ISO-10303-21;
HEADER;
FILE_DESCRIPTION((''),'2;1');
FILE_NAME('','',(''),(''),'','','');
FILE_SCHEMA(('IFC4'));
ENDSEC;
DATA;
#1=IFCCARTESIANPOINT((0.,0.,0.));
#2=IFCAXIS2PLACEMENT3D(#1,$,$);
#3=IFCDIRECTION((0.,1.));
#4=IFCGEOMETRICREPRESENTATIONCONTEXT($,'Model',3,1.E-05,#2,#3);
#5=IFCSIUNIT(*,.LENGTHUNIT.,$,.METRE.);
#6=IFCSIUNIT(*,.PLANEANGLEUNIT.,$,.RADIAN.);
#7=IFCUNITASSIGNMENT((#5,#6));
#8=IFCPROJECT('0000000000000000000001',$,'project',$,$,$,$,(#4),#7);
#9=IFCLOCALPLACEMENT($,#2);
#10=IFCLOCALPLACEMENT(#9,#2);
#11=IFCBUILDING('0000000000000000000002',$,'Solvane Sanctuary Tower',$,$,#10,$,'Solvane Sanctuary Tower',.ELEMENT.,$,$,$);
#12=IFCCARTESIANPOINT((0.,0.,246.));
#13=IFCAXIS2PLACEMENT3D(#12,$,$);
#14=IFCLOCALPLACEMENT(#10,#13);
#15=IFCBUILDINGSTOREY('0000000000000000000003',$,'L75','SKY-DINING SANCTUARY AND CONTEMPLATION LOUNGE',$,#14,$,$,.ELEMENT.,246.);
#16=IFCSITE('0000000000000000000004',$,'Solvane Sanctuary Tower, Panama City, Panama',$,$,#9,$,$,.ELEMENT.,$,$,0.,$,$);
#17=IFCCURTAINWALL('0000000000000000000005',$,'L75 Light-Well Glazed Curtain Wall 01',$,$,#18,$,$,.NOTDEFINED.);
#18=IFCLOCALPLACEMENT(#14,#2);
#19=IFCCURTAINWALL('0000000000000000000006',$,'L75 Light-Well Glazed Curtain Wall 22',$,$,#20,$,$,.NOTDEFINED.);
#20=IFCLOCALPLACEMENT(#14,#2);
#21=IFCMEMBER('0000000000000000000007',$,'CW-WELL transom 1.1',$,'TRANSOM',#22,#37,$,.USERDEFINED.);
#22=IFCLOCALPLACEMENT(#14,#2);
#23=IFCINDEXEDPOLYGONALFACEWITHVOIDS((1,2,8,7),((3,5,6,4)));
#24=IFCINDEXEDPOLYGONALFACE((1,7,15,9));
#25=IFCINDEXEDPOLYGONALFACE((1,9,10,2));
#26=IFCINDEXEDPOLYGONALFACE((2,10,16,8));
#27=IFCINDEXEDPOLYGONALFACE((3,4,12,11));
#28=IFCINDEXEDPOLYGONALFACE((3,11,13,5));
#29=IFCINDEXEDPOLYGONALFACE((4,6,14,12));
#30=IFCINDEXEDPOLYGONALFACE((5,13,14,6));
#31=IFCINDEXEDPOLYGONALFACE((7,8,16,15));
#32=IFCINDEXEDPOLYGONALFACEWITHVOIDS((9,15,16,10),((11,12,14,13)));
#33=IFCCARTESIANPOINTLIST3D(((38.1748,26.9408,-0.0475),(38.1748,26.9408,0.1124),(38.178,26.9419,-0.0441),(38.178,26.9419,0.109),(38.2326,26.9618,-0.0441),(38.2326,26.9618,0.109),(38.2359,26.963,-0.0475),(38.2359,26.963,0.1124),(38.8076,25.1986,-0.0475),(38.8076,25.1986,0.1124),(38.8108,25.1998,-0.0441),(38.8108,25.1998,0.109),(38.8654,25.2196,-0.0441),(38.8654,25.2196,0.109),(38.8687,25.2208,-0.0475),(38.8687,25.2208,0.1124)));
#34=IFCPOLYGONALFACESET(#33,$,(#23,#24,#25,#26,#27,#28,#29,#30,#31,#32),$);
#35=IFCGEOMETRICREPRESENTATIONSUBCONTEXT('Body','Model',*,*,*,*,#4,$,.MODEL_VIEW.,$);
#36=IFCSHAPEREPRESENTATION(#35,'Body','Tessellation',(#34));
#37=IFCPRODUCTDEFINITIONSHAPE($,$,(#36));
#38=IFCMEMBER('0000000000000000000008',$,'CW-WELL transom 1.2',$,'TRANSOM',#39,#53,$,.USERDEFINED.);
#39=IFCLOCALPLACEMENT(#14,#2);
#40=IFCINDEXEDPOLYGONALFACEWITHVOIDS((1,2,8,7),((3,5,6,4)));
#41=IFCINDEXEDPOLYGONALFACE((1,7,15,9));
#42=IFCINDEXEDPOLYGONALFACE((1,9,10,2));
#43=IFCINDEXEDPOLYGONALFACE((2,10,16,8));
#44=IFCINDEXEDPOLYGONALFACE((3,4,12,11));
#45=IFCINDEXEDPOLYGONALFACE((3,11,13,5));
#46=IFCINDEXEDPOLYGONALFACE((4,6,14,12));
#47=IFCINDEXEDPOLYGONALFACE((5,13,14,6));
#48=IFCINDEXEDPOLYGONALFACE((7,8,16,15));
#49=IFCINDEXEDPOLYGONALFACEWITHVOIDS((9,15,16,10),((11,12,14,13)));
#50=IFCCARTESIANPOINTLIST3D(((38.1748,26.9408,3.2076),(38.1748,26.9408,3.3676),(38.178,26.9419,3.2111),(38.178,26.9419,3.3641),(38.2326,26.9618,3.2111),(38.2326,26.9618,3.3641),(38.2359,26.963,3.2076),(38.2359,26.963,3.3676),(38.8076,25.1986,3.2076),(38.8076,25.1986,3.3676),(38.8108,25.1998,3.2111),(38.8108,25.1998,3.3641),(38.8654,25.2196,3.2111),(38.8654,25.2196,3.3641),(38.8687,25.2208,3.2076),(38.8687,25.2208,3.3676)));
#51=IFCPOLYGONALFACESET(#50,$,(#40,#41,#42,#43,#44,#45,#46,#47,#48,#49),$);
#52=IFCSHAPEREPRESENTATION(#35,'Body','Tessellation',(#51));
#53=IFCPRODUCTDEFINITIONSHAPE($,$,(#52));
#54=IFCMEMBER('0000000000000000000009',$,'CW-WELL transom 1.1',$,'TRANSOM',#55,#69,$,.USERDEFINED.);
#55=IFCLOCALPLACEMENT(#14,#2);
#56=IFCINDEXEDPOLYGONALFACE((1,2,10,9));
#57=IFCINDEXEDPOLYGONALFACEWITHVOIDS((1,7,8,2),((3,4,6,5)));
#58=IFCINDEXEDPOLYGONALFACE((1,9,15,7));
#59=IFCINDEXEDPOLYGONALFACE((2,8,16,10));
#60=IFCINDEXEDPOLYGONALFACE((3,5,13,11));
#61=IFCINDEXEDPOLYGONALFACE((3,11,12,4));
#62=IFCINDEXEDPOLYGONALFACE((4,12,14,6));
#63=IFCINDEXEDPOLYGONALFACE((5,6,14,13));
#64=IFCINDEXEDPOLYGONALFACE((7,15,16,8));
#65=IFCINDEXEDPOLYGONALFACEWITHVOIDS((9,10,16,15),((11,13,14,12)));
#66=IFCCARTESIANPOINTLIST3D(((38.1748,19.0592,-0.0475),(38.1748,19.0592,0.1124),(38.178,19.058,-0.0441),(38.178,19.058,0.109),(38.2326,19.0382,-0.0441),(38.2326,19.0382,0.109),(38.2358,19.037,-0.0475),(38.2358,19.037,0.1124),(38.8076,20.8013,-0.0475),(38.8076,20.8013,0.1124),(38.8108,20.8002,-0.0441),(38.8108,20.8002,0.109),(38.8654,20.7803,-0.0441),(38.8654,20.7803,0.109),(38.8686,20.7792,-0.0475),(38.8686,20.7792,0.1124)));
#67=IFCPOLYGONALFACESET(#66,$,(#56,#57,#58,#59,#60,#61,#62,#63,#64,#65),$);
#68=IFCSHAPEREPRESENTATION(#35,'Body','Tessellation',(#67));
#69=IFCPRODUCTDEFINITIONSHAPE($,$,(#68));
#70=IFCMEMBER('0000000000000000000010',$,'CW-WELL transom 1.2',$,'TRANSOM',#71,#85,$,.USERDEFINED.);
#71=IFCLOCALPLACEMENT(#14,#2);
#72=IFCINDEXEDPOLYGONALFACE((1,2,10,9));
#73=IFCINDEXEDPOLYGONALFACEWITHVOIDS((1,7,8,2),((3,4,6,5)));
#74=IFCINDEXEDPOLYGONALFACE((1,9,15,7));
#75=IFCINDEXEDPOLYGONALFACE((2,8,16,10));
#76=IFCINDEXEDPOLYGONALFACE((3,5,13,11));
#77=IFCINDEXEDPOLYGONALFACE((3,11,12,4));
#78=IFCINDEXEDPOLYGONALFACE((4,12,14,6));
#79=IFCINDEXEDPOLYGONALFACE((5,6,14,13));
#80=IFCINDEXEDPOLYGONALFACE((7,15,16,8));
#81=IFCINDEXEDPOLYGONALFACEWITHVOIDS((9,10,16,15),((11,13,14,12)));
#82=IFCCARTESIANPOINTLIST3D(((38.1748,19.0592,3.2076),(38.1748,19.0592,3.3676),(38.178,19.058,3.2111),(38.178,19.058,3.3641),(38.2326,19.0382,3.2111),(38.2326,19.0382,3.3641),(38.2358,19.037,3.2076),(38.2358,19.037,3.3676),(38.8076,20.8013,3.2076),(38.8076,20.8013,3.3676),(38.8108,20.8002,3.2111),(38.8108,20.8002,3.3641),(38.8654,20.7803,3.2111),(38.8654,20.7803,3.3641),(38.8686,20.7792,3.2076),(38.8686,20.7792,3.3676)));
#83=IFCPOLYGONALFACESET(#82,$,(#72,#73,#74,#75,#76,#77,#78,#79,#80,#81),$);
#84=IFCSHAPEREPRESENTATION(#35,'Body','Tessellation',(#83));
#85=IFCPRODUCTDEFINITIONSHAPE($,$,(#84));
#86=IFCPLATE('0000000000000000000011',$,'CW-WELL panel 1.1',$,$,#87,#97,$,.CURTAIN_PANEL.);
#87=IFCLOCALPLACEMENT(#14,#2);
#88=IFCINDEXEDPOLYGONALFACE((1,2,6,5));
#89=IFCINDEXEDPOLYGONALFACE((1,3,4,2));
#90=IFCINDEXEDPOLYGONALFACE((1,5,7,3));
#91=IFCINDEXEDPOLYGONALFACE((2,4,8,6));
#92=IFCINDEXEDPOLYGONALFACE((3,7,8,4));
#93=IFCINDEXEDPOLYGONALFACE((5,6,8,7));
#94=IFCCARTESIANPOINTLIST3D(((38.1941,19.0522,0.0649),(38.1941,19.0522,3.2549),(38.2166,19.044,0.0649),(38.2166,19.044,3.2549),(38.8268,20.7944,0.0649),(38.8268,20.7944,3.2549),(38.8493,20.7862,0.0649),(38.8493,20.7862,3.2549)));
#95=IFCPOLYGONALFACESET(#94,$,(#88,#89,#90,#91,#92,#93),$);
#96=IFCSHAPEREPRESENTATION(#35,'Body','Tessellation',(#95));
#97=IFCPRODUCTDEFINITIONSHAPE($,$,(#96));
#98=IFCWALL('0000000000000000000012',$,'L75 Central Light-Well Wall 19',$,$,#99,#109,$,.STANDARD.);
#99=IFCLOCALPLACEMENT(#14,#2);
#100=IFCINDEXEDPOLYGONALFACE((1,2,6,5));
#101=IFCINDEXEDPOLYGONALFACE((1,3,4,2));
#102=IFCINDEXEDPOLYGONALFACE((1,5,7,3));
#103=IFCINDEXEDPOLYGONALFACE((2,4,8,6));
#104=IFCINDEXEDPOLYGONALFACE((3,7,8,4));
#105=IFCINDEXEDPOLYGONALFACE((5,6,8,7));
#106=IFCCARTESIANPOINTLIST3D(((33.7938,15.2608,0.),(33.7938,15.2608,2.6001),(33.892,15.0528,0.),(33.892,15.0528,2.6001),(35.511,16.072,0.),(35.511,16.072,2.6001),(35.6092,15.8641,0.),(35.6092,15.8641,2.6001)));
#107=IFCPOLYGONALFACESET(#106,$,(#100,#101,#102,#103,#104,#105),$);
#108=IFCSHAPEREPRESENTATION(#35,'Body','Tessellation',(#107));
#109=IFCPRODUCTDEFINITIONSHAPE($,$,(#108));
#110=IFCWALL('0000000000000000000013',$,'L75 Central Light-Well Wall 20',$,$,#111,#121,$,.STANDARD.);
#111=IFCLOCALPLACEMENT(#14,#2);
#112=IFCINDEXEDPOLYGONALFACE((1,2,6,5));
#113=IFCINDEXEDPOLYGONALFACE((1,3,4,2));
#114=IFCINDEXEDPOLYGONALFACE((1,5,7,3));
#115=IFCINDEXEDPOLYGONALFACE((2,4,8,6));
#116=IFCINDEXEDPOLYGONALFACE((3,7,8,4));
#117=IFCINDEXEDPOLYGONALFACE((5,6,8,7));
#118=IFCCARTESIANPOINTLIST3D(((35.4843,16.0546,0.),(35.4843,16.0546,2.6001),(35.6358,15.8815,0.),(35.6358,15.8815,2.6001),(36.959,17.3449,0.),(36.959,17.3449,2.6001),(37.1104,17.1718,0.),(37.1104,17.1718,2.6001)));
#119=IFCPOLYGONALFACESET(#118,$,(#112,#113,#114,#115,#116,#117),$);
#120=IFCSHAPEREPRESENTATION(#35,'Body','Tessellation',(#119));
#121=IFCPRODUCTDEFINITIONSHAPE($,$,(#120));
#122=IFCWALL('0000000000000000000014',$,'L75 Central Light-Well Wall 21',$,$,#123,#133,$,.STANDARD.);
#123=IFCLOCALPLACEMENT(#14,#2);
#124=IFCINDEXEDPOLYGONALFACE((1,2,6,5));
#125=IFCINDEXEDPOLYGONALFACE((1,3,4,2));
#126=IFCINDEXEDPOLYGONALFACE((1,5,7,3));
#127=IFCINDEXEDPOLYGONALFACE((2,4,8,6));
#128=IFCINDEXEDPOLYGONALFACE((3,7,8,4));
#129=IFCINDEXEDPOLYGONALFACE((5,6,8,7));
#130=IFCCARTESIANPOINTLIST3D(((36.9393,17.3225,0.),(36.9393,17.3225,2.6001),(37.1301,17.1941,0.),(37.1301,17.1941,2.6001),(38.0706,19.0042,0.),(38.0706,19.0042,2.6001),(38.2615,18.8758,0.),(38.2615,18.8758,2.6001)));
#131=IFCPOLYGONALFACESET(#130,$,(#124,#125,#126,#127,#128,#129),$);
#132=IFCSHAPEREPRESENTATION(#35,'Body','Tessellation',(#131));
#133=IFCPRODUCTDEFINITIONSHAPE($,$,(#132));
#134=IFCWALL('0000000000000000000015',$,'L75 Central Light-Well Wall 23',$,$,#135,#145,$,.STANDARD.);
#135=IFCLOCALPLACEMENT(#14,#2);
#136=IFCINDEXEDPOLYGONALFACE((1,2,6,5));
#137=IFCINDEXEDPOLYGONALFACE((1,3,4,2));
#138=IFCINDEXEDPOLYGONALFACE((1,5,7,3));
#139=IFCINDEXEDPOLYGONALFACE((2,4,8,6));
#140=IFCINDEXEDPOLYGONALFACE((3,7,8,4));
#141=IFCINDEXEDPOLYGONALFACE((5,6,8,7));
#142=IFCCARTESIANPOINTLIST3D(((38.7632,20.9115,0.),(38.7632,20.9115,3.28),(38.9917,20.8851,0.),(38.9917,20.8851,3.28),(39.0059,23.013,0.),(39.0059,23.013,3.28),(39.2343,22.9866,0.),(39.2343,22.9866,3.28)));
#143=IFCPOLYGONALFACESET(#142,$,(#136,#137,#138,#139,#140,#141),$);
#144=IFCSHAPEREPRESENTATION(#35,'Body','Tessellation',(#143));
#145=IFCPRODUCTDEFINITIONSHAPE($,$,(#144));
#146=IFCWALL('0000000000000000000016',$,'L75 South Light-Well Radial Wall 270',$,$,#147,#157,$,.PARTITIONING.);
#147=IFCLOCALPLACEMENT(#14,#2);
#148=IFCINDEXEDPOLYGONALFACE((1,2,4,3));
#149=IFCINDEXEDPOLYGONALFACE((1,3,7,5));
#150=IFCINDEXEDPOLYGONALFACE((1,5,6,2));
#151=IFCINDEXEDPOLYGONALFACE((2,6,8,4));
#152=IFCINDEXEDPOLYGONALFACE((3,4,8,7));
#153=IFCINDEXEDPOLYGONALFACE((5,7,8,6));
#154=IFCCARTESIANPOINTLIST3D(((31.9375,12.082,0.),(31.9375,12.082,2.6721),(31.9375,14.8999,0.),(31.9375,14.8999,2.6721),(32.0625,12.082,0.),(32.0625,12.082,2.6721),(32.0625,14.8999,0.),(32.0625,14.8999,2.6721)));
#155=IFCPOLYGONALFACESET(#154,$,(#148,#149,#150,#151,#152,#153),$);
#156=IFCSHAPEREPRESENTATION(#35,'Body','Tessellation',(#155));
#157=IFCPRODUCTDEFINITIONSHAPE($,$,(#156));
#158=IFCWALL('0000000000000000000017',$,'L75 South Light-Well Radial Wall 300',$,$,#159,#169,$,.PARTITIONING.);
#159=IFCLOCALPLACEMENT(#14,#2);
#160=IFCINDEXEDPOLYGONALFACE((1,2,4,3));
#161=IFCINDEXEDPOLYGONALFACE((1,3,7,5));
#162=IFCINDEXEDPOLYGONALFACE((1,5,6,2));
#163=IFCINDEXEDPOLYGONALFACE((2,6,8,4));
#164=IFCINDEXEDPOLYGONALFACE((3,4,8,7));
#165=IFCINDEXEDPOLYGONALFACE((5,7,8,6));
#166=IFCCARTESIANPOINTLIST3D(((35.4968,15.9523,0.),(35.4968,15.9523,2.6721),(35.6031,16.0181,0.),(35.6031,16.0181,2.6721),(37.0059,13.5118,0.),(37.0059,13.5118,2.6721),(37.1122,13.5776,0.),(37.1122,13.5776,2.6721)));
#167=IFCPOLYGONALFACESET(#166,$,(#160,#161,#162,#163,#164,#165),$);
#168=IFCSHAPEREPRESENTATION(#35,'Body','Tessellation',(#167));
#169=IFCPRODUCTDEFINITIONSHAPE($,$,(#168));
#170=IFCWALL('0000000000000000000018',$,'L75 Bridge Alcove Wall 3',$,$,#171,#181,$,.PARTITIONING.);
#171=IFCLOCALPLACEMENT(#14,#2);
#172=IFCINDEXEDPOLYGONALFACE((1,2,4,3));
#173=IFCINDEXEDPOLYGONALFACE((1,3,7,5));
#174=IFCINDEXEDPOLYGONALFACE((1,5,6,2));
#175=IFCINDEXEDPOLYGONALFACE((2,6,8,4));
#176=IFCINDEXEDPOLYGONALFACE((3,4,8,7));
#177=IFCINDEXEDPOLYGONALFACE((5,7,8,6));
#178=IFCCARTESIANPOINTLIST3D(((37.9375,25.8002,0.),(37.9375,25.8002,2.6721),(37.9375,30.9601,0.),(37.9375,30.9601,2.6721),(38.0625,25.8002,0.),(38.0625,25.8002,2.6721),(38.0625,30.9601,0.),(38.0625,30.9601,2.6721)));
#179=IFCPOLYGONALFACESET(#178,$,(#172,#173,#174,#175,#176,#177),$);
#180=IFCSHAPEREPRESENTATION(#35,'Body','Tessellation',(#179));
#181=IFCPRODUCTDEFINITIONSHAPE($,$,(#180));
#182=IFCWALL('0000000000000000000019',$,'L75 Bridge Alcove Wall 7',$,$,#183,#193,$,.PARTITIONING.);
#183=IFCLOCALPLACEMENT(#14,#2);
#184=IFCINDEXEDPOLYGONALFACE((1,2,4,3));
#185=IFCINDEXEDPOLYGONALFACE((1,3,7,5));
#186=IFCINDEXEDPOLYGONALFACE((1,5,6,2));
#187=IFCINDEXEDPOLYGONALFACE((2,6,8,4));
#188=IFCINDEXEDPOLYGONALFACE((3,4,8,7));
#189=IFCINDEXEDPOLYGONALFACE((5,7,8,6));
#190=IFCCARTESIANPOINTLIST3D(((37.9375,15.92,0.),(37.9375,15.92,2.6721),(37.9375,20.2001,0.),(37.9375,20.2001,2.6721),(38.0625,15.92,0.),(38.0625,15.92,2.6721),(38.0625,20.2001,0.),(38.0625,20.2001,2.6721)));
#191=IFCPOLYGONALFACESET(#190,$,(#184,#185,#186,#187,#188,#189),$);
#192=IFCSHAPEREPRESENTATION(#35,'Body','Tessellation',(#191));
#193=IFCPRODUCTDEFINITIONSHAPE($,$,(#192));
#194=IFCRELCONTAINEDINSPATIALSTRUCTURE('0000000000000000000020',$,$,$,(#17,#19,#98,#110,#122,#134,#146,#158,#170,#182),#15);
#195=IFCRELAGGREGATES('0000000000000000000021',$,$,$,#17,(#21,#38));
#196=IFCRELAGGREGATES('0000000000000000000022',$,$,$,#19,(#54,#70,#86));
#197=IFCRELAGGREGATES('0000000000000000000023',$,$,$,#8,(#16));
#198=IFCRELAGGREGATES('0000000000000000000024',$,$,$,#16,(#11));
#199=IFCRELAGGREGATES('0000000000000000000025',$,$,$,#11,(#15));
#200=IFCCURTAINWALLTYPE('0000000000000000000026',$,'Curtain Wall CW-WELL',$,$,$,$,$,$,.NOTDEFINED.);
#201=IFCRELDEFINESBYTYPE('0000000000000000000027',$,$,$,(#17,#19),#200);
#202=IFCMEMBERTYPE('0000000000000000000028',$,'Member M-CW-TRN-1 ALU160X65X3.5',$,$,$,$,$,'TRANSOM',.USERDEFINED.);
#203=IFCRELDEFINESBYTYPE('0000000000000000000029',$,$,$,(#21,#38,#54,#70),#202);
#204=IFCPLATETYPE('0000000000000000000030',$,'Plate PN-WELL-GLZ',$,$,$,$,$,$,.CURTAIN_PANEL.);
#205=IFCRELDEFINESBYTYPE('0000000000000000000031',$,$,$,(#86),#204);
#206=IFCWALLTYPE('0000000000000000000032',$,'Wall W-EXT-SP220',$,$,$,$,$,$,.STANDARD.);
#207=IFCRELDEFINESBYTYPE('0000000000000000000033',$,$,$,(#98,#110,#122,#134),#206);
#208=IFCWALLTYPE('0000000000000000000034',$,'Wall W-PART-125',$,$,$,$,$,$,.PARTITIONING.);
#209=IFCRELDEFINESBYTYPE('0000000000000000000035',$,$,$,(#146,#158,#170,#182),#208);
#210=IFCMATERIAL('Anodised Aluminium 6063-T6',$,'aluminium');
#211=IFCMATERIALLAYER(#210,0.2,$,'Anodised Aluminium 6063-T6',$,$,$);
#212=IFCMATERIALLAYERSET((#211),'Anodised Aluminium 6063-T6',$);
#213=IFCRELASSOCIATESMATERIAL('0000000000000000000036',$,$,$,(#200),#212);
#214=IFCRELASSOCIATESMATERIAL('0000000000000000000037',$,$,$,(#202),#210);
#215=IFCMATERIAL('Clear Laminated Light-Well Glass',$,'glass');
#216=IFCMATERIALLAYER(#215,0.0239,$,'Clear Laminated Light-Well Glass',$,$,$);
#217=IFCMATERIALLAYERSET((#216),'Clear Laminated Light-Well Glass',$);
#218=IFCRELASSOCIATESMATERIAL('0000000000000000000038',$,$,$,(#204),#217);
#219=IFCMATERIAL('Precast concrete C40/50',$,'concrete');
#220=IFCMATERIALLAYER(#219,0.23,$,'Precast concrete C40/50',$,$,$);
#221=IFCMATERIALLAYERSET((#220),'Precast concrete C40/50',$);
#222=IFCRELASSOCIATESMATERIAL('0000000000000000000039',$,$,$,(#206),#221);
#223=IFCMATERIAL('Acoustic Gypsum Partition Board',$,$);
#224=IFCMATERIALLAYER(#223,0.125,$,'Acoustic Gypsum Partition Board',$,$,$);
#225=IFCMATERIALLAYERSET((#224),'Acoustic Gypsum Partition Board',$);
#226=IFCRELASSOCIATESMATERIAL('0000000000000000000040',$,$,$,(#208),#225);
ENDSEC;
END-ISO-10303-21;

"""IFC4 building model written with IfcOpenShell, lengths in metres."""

from ifc_helpers import new_model, si_unit, direction, frame, frame_2d, origin, origin_2d, place, context, subcontext, project, spatial, rectangle, hollow_rectangle, extrude, material, layer, layer_set, material_profile, profile_set, type_object, element, aggregate, save


model = new_model("IFC4")

# Units and contexts
model_context = context("Model", 3, precision=1e-05, world=origin(), true_north=direction((0.0, 1.0)))
body_context = subcontext(model_context, "Body", "Model", "MODEL_VIEW")
ifc_project = project(units=[si_unit("LENGTHUNIT", "METRE"), si_unit("PLANEANGLEUNIT", "RADIAN")], contexts=[model_context])

# Site, building, storey
site_placement = place(None, origin())
site = spatial("IfcSite", under=ifc_project, at=site_placement, Name="Solvane Sanctuary Tower, Panama City, Panama", CompositionType="ELEMENT", RefElevation=0.0)
building_placement = place(site_placement, origin())
building = spatial("IfcBuilding", under=site, at=building_placement, Name="Solvane Sanctuary Tower", LongName="Solvane Sanctuary Tower", CompositionType="ELEMENT")
storey_placement = place(building_placement, frame((0.0, 0.0, 246.0)))
storey = spatial("IfcBuildingStorey", under=building, at=storey_placement, Name="L75", Description="SKY-DINING SANCTUARY AND CONTEMPLATION LOUNGE", CompositionType="ELEMENT", Elevation=246.0)

# Curtain wall
ifc_material_1 = material(Name="Anodised Aluminium 6063-T6", Category="aluminium")
ifc_layer_1 = layer(ifc_material_1, 0.2, Name="Anodised Aluminium 6063-T6")
ifc_layer_set_1 = layer_set([ifc_layer_1], Name="Anodised Aluminium 6063-T6")
curtain_wall_type = type_object("IfcCurtainWallType", Name="Curtain Wall CW-WELL", PredefinedType="NOTDEFINED", material=ifc_layer_set_1)
curtain_wall_1_placement = place(storey_placement, origin())
curtain_wall_1 = element("IfcCurtainWall", 1, at=curtain_wall_1_placement, inside=storey, type_object=curtain_wall_type, Name="L75 Light-Well Glazed Curtain Wall 01", PredefinedType="NOTDEFINED")

# Curtain wall
curtain_wall_2_placement = place(storey_placement, origin())
curtain_wall_2 = element("IfcCurtainWall", 2, at=curtain_wall_2_placement, inside=storey, type_object=curtain_wall_type, Name="L75 Light-Well Glazed Curtain Wall 22", PredefinedType="NOTDEFINED")

# Members
ifc_material_profile_1 = material_profile(ifc_material_1, hollow_rectangle(XDim=0.0649, YDim=0.1599, WallThickness=0.0034, at=origin_2d()), Name="ALU160X65X3.5")
ifc_profile_set_1 = profile_set([ifc_material_profile_1], Name="Anodised Aluminium 6063-T6")
member_type_1 = type_object("IfcMemberType", Name="Member M-CW-TRN-1 ALU160X65X3.5", ElementType="TRANSOM", PredefinedType="USERDEFINED", material=ifc_profile_set_1)
member_1_placement = place(storey_placement, frame((38.8381, 25.2097, 0.0325), z_axis=(-0.341405, 0.939916, 0.0), x_axis=(-0.939916, -0.341405, 0.0)))
member_1 = element("IfcMember", 3, at=member_1_placement, type_object=member_type_1, Name="CW-WELL transom 1.1", ObjectType="TRANSOM", PredefinedType="USERDEFINED", context=body_context, shape_type="SweptSolid", body=[
    extrude(hollow_rectangle(XDim=0.0649, YDim=0.1599, WallThickness=0.0034, at=origin_2d()), origin(), (0.0, 0.0, 1.0), 1.8535),
])
member_2_placement = place(storey_placement, frame((38.8381, 25.2097, 3.2876), z_axis=(-0.341405, 0.939916, 0.0), x_axis=(-0.939916, -0.341405, 0.0)))
member_2 = element("IfcMember", 4, at=member_2_placement, type_object=member_type_1, Name="CW-WELL transom 1.2", ObjectType="TRANSOM", PredefinedType="USERDEFINED", context=body_context, shape_type="SweptSolid", body=[
    extrude(hollow_rectangle(XDim=0.0649, YDim=0.1599, WallThickness=0.0034, at=origin_2d()), origin(), (0.0, 0.0, 1.0), 1.8535),
])
aggregate(curtain_wall_1, [member_1, member_2])
member_3_placement = place(storey_placement, frame((38.2053, 19.0481, 0.0325), z_axis=(0.341405, 0.939916, 0.0), x_axis=(-0.939916, 0.341405, 0.0)))
member_3 = element("IfcMember", 5, at=member_3_placement, type_object=member_type_1, Name="CW-WELL transom 1.1", ObjectType="TRANSOM", PredefinedType="USERDEFINED", context=body_context, shape_type="SweptSolid", body=[
    extrude(hollow_rectangle(XDim=0.0649, YDim=0.1599, WallThickness=0.0034, at=origin_2d()), origin(), (0.0, 0.0, 1.0), 1.8535),
])
member_4_placement = place(storey_placement, frame((38.2053, 19.0481, 3.2876), z_axis=(0.341405, 0.939916, 0.0), x_axis=(-0.939916, 0.341405, 0.0)))
member_4 = element("IfcMember", 6, at=member_4_placement, type_object=member_type_1, Name="CW-WELL transom 1.2", ObjectType="TRANSOM", PredefinedType="USERDEFINED", context=body_context, shape_type="SweptSolid", body=[
    extrude(hollow_rectangle(XDim=0.0649, YDim=0.1599, WallThickness=0.0034, at=origin_2d()), origin(), (0.0, 0.0, 1.0), 1.8535),
])

# Plate
ifc_material_2 = material(Name="Clear Laminated Light-Well Glass", Category="glass")
ifc_layer_2 = layer(ifc_material_2, 0.0239, Name="Clear Laminated Light-Well Glass")
ifc_layer_set_2 = layer_set([ifc_layer_2], Name="Clear Laminated Light-Well Glass")
plate_type = type_object("IfcPlateType", Name="Plate PN-WELL-GLZ", PredefinedType="CURTAIN_PANEL", material=ifc_layer_set_2)
plate_placement = place(storey_placement, frame((38.5217, 19.9192, 0.0649), z_axis=(0.0, 0.0, 1.0), x_axis=(0.341358, 0.939933, 0.0)))
plate = element("IfcPlate", 7, at=plate_placement, type_object=plate_type, Name="CW-WELL panel 1.1", PredefinedType="CURTAIN_PANEL", context=body_context, shape_type="SweptSolid", body=[
    extrude(rectangle(XDim=1.8535, YDim=0.0239, at=origin_2d()), origin(), (0.0, 0.0, 1.0), 3.1899),
])
aggregate(curtain_wall_2, [member_3, member_4, plate])

# Walls
ifc_material_3 = material(Name="Precast concrete C40/50", Category="concrete")
ifc_layer_3 = layer(ifc_material_3, 0.23, Name="Precast concrete C40/50")
ifc_layer_set_3 = layer_set([ifc_layer_3], Name="Precast concrete C40/50")
wall_type_1 = type_object("IfcWallType", Name="Wall W-EXT-SP220", PredefinedType="STANDARD", material=ifc_layer_set_3)
wall_1_placement = place(storey_placement, frame((33.8428, 15.1567, 0.0), z_axis=(0.0, 0.0, 1.0), x_axis=(0.90418, 0.427152, 0.0)))
element("IfcWall", 8, at=wall_1_placement, inside=storey, type_object=wall_type_1, Name="L75 Central Light-Well Wall 19", PredefinedType="STANDARD", context=body_context, shape_type="SweptSolid", body=[
    extrude(rectangle(XDim=1.8992, YDim=0.23, at=frame_2d((0.9497, 0.0))), origin(), (0.0, 0.0, 1.0), 2.6001),
])
wall_2_placement = place(storey_placement, frame((35.5601, 15.968, 0.0), z_axis=(0.0, 0.0, 1.0), x_axis=(0.752577, 0.658505, 0.0)))
element("IfcWall", 9, at=wall_2_placement, inside=storey, type_object=wall_type_1, Name="L75 Central Light-Well Wall 20", PredefinedType="STANDARD", context=body_context, shape_type="SweptSolid", body=[
    extrude(rectangle(XDim=1.9595, YDim=0.23, at=frame_2d((0.9797, 0.0))), origin(), (0.0, 0.0, 1.0), 2.6001),
])
wall_3_placement = place(storey_placement, frame((37.0347, 17.2583, 0.0), z_axis=(0.0, 0.0, 1.0), x_axis=(0.558198, 0.829708, 0.0)))
element("IfcWall", 10, at=wall_3_placement, inside=storey, type_object=wall_type_1, Name="L75 Central Light-Well Wall 21", PredefinedType="STANDARD", context=body_context, shape_type="SweptSolid", body=[
    extrude(rectangle(XDim=2.0269, YDim=0.23, at=frame_2d((1.0134, 0.0))), origin(), (0.0, 0.0, 1.0), 2.6001),
])
wall_4_placement = place(storey_placement, frame((38.8774, 20.8984, 0.0), z_axis=(0.0, 0.0, 1.0), x_axis=(0.114712, 0.993399, 0.0)))
element("IfcWall", 11, at=wall_4_placement, inside=storey, type_object=wall_type_1, Name="L75 Central Light-Well Wall 23", PredefinedType="STANDARD", context=body_context, shape_type="SweptSolid", body=[
    extrude(rectangle(XDim=2.1155, YDim=0.23, at=frame_2d((1.0576, 0.0))), origin(), (0.0, 0.0, 1.0), 3.28),
])
ifc_material_4 = material(Name="Acoustic Gypsum Partition Board")
ifc_layer_4 = layer(ifc_material_4, 0.125, Name="Acoustic Gypsum Partition Board")
ifc_layer_set_4 = layer_set([ifc_layer_4], Name="Acoustic Gypsum Partition Board")
wall_type_2 = type_object("IfcWallType", Name="Wall W-PART-125", PredefinedType="PARTITIONING", material=ifc_layer_set_4)
wall_5_placement = place(storey_placement, frame((32.0, 14.8999, 0.0), z_axis=(0.0, 0.0, 1.0), x_axis=(0.0, -1.0, 0.0)))
element("IfcWall", 12, at=wall_5_placement, inside=storey, type_object=wall_type_2, Name="L75 South Light-Well Radial Wall 270", PredefinedType="PARTITIONING", context=body_context, shape_type="SweptSolid", body=[
    extrude(rectangle(XDim=2.8179, YDim=0.125, at=frame_2d((1.4089, 0.0))), origin(), (0.0, 0.0, 1.0), 2.6721),
])
wall_6_placement = place(storey_placement, frame((35.55, 15.9851, 0.0), z_axis=(0.0, 0.0, 1.0), x_axis=(0.525924, -0.850532, 0.0)))
element("IfcWall", 13, at=wall_6_placement, inside=storey, type_object=wall_type_2, Name="L75 South Light-Well Radial Wall 300", PredefinedType="PARTITIONING", context=body_context, shape_type="SweptSolid", body=[
    extrude(rectangle(XDim=2.8694, YDim=0.125, at=frame_2d((1.4346, 0.0))), origin(), (0.0, 0.0, 1.0), 2.6721),
])
wall_7_placement = place(storey_placement, frame((38.0, 25.8, 0.0), z_axis=(0.0, 0.0, 1.0), x_axis=(0.0, 1.0, 0.0)))
element("IfcWall", 14, at=wall_7_placement, inside=storey, type_object=wall_type_2, Name="L75 Bridge Alcove Wall 3", PredefinedType="PARTITIONING", context=body_context, shape_type="SweptSolid", body=[
    extrude(rectangle(XDim=5.1599, YDim=0.125, at=frame_2d((2.5801, 0.0))), origin(), (0.0, 0.0, 1.0), 2.6721),
])
wall_8_placement = place(storey_placement, frame((38.0, 15.9199, 0.0), z_axis=(0.0, 0.0, 1.0), x_axis=(0.0, 1.0, 0.0)))
element("IfcWall", 15, at=wall_8_placement, inside=storey, type_object=wall_type_2, Name="L75 Bridge Alcove Wall 7", PredefinedType="PARTITIONING", context=body_context, shape_type="SweptSolid", body=[
    extrude(rectangle(XDim=4.28, YDim=0.125, at=frame_2d((2.1401, 0.0))), origin(), (0.0, 0.0, 1.0), 2.6721),
])

save(model, "model.ifc")
